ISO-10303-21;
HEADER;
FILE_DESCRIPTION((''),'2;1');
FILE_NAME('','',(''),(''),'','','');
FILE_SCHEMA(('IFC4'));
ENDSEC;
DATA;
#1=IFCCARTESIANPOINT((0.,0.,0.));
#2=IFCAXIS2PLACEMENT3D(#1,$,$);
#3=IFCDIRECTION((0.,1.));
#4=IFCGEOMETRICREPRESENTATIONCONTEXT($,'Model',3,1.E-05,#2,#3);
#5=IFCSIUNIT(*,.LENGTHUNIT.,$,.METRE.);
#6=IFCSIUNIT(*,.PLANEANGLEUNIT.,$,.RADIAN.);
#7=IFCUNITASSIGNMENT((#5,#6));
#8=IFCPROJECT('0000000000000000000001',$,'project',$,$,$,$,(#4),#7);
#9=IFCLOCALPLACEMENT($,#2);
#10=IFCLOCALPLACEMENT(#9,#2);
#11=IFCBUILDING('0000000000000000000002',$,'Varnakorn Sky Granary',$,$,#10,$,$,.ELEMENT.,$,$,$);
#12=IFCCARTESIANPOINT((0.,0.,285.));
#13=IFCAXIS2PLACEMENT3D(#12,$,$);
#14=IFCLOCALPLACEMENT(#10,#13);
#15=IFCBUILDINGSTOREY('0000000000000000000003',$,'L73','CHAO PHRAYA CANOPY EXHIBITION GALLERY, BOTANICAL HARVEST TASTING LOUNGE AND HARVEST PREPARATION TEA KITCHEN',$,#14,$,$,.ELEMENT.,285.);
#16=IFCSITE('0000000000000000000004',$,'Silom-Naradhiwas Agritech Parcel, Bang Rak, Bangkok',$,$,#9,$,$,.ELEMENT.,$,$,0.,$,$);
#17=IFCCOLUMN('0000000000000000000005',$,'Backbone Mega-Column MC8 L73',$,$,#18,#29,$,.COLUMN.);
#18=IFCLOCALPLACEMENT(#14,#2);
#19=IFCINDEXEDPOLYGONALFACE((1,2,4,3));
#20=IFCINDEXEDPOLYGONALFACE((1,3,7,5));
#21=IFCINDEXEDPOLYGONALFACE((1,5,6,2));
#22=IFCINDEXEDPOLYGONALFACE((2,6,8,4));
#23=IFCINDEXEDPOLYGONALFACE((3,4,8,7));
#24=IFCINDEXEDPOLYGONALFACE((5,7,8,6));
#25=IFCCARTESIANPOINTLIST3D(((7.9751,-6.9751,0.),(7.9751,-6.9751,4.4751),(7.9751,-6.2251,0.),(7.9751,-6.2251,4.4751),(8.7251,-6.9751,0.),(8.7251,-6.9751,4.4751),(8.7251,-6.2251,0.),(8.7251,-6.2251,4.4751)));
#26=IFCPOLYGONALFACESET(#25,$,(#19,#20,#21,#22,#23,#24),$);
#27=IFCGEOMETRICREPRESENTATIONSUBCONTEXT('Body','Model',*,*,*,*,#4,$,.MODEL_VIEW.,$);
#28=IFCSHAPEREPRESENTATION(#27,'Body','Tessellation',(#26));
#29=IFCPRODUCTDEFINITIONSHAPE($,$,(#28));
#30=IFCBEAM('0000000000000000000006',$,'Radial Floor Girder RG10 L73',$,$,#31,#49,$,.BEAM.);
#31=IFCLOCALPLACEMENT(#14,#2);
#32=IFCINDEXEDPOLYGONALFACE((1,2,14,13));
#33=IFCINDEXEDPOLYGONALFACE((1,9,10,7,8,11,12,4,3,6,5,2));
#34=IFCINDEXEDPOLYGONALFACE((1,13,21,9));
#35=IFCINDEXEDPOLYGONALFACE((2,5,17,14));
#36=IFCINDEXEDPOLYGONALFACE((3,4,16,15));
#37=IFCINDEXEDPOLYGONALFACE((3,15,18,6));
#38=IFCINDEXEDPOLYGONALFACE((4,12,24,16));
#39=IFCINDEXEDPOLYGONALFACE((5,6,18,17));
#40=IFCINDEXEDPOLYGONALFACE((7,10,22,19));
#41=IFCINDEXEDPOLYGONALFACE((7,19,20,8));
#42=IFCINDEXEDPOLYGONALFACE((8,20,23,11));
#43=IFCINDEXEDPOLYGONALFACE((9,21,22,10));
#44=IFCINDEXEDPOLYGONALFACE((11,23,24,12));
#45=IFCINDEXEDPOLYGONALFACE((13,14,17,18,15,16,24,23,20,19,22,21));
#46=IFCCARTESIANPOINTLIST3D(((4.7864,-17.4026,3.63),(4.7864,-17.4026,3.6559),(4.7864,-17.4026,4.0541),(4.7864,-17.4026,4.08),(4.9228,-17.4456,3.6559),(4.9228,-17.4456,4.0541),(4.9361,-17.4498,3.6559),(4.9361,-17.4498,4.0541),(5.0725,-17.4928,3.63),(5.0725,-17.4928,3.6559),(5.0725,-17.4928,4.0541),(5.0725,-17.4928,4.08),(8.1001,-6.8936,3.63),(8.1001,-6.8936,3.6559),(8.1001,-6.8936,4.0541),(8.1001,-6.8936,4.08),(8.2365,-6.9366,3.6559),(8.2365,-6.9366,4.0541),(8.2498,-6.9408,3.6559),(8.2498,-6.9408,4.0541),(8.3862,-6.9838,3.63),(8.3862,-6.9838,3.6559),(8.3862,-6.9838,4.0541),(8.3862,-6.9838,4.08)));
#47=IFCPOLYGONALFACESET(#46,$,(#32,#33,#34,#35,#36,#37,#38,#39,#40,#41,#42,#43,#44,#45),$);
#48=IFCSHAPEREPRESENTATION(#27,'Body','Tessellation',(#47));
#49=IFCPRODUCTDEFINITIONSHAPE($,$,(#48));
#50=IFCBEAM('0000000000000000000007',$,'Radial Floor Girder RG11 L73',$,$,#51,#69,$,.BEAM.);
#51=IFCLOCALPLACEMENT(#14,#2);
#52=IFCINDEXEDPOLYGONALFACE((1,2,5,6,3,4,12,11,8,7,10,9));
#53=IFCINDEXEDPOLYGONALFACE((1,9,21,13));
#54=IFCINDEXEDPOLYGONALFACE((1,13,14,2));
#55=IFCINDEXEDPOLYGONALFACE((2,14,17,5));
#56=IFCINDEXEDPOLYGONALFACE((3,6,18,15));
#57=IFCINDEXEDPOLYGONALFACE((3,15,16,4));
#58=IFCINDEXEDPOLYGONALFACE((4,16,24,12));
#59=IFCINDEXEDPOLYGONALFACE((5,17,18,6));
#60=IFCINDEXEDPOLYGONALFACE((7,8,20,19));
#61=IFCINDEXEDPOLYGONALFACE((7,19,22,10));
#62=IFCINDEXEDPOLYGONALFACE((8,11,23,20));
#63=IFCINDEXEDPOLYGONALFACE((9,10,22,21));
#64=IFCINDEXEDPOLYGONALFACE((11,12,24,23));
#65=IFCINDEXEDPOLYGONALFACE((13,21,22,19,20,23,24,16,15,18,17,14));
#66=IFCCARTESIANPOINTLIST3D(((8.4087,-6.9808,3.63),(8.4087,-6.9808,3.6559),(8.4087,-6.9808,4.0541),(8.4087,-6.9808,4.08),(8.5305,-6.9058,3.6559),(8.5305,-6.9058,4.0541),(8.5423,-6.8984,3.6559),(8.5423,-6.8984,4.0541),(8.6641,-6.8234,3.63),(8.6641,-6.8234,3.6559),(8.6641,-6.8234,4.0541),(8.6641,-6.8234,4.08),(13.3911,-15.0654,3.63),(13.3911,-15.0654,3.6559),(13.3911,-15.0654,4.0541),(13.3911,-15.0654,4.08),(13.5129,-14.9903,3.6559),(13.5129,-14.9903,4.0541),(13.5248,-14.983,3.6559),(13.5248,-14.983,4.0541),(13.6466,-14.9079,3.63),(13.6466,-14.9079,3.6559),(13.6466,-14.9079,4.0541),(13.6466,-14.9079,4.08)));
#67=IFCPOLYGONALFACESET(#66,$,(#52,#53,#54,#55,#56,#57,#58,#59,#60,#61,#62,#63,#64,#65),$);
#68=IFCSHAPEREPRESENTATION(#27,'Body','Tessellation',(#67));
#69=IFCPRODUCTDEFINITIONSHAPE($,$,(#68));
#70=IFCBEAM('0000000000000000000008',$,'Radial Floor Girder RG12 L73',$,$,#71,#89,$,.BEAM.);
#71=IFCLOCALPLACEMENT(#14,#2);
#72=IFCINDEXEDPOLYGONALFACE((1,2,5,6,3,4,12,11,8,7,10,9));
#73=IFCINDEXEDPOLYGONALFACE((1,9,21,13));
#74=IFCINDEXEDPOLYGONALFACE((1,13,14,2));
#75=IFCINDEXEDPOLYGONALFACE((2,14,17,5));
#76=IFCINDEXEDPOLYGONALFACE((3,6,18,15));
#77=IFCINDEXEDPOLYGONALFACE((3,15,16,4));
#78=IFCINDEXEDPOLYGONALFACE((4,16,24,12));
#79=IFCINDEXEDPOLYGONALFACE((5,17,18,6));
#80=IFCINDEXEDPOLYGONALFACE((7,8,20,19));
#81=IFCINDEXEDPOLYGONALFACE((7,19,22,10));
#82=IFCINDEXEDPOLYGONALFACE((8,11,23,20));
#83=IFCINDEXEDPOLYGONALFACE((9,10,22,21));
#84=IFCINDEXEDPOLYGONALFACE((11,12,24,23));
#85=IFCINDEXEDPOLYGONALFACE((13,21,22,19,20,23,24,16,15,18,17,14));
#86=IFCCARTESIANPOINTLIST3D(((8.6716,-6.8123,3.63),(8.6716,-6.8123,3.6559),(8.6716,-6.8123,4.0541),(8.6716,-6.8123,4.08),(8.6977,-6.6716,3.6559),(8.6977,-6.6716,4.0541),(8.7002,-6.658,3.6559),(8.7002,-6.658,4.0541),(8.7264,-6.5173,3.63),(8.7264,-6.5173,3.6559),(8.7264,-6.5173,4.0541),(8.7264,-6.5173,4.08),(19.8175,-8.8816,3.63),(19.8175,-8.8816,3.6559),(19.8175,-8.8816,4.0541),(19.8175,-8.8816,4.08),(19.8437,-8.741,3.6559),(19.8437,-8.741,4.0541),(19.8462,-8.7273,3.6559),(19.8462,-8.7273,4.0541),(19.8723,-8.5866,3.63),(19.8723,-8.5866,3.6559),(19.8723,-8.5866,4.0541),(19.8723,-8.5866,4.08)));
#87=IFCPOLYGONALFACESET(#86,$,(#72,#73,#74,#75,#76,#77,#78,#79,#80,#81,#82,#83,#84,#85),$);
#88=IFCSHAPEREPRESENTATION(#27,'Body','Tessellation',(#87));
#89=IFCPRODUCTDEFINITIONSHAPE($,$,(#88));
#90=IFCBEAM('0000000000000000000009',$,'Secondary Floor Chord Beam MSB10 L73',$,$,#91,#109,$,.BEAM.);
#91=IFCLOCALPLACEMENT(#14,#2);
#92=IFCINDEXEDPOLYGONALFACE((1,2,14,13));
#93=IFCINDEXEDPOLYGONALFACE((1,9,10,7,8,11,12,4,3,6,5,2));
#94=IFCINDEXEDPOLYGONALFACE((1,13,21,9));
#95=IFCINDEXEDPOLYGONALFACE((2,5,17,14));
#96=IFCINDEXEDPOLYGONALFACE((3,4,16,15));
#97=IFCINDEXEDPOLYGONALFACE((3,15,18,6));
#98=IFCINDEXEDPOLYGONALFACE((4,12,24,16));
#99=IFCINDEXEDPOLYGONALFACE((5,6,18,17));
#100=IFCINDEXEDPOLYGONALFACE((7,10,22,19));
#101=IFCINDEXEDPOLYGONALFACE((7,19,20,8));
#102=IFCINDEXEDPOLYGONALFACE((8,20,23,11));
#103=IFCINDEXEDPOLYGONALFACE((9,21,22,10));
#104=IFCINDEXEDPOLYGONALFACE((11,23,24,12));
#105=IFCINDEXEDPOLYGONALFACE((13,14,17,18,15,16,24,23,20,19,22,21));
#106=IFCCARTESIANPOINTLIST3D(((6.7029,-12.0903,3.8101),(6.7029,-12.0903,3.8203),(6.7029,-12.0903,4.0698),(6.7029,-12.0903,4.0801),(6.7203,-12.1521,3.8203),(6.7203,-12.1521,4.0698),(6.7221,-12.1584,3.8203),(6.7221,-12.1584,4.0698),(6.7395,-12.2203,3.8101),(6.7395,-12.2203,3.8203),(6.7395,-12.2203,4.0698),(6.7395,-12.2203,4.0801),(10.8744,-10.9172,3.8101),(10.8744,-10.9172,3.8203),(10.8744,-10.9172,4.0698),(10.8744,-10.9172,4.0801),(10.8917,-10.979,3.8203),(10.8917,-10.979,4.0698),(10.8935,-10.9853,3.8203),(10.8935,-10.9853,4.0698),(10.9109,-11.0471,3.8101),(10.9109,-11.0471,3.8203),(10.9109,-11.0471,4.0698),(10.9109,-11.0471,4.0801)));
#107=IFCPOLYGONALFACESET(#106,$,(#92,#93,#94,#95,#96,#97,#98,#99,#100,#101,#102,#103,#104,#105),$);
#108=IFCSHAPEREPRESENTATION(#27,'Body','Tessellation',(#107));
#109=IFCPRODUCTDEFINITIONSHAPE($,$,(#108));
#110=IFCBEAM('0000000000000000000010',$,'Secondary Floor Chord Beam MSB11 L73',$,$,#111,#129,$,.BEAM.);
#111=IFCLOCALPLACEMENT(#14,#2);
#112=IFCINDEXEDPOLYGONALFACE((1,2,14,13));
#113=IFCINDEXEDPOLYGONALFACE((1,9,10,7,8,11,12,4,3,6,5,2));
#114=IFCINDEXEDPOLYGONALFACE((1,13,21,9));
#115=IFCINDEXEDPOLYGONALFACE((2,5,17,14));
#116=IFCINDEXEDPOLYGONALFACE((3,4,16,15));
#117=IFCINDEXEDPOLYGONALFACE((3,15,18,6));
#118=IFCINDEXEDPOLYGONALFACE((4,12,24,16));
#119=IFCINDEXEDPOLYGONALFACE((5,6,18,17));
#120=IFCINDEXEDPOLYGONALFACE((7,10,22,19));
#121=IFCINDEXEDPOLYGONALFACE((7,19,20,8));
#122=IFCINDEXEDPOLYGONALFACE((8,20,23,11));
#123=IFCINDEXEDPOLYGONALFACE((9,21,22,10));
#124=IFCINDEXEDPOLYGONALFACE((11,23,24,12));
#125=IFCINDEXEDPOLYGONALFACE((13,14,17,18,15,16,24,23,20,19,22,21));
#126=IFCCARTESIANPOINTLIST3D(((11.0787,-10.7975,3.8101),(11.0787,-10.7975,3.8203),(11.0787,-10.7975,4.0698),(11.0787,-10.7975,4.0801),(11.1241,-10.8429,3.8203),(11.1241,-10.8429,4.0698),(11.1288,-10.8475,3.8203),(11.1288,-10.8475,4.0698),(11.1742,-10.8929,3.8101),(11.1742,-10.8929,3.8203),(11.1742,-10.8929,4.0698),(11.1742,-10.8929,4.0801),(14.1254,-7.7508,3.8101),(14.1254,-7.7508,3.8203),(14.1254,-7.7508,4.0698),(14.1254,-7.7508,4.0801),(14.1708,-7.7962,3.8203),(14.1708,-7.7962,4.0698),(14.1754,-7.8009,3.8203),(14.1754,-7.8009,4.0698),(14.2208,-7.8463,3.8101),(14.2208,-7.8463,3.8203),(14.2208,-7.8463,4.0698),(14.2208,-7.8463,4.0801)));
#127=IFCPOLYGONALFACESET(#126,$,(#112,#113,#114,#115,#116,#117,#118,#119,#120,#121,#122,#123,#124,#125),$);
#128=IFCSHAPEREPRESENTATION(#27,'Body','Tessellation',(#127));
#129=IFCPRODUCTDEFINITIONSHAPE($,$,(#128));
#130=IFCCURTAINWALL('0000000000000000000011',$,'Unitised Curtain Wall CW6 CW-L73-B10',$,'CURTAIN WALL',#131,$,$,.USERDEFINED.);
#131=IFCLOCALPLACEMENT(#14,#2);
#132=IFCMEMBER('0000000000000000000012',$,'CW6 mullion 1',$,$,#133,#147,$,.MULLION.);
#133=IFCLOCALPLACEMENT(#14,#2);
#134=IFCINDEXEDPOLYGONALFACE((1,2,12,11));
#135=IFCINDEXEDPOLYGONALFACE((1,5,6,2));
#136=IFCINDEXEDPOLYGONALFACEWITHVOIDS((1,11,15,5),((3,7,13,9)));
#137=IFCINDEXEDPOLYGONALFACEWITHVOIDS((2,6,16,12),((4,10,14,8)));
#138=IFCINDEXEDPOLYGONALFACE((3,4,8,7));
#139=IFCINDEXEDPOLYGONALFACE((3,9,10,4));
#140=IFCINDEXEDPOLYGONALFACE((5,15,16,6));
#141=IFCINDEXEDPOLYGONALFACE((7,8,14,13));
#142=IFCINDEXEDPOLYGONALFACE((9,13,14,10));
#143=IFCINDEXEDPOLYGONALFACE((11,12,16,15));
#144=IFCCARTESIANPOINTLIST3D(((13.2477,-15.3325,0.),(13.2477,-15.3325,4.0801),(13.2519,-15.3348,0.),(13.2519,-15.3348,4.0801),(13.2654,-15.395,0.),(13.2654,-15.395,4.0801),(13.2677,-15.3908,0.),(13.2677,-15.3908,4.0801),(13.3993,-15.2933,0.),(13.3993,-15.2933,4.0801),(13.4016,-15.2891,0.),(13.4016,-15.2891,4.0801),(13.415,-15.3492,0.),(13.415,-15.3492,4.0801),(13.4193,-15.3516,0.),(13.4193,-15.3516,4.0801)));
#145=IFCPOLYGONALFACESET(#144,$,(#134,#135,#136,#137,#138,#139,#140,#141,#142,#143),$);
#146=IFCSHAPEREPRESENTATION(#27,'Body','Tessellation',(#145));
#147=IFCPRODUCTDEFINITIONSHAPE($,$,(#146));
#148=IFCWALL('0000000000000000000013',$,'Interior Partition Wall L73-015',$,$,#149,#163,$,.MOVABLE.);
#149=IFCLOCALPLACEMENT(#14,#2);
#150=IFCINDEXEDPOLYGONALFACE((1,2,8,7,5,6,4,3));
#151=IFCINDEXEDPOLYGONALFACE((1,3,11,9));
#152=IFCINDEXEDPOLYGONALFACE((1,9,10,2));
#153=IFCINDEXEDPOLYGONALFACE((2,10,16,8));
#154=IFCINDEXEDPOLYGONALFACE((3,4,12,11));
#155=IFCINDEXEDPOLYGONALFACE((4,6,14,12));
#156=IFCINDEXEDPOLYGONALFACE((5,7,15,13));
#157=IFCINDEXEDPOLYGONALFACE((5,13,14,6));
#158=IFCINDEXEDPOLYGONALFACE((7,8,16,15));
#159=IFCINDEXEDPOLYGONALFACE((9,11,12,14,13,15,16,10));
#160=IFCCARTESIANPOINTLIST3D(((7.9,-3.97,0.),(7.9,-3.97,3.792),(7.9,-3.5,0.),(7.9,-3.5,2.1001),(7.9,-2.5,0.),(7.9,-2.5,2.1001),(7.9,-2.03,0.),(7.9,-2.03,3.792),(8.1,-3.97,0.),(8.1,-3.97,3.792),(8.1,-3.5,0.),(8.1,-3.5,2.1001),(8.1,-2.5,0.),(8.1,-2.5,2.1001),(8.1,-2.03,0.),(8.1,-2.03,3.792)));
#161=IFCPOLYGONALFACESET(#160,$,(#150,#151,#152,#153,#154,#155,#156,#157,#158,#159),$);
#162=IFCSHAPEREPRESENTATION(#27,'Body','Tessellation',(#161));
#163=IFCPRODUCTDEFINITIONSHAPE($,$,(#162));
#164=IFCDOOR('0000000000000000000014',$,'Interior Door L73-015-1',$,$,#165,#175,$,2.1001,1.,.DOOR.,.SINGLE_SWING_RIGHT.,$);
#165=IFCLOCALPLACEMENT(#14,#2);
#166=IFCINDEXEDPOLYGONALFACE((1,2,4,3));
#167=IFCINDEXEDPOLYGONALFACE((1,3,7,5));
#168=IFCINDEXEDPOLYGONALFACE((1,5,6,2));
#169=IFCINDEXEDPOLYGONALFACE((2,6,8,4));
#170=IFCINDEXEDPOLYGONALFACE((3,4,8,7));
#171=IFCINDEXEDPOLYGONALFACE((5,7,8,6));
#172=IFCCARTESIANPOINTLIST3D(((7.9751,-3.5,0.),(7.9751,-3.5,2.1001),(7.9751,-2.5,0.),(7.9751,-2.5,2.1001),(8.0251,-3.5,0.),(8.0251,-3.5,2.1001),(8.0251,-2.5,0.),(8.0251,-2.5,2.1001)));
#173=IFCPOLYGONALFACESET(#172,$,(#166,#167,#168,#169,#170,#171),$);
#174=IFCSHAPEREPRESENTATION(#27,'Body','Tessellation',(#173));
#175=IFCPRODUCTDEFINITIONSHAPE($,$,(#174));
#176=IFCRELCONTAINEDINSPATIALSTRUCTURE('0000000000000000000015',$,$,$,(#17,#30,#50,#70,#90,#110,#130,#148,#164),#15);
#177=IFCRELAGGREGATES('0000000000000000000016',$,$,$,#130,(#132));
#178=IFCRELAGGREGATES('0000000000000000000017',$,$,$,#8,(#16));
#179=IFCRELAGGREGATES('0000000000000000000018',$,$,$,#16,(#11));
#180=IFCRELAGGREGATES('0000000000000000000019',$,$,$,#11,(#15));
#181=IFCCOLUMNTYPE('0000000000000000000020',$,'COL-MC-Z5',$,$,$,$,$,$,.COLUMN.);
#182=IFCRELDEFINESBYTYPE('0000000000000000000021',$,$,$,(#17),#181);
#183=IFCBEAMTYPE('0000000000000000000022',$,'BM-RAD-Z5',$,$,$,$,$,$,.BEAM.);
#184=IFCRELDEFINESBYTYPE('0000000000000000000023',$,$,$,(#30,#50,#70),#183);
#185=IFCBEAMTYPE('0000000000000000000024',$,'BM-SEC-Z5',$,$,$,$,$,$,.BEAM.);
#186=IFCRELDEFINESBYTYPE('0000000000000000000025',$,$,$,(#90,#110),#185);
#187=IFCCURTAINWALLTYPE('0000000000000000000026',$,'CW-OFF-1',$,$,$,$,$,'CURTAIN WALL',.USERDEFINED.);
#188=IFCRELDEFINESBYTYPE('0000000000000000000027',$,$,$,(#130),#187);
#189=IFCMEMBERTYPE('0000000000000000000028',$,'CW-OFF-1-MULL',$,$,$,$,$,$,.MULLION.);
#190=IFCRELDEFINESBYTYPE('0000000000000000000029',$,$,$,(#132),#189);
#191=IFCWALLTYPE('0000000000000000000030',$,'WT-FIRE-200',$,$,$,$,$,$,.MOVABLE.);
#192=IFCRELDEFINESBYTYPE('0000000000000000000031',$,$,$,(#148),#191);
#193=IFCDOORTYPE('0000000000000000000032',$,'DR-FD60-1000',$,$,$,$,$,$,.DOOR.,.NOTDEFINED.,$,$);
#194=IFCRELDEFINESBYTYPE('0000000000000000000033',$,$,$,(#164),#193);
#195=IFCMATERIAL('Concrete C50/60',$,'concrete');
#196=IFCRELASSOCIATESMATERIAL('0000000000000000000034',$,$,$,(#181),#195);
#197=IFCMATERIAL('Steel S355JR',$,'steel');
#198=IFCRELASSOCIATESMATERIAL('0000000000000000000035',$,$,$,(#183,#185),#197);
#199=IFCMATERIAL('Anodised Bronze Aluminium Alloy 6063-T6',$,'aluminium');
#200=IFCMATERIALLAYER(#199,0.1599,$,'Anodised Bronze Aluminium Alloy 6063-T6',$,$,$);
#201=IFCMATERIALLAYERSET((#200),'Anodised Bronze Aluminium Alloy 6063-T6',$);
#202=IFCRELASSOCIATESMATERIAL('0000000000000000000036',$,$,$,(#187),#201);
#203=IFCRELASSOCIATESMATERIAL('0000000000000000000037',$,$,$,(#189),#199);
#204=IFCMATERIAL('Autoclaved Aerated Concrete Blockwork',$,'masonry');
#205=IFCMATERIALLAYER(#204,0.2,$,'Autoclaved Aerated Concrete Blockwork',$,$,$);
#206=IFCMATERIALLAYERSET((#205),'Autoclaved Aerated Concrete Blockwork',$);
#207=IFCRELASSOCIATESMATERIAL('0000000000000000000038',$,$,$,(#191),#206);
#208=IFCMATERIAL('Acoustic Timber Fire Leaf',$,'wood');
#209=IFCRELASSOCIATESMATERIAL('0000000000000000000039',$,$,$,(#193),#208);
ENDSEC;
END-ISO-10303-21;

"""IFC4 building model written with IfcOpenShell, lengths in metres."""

from ifc_helpers import new_model, si_unit, direction, frame, frame_2d, origin, origin_2d, place, context, subcontext, project, spatial, rectangle, hollow_rectangle, i_section, extrude, material, layer, layer_set, material_profile, profile_set, type_object, element, fill, aggregate, save


model = new_model("IFC4")

# Units and contexts
model_context = context("Model", 3, precision=1e-05, world=origin(), true_north=direction((0.0, 1.0)))
body_context = subcontext(model_context, "Body", "Model", "MODEL_VIEW")
ifc_project = project(units=[si_unit("LENGTHUNIT", "METRE"), si_unit("PLANEANGLEUNIT", "RADIAN")], contexts=[model_context])

# Site, building, storey
site_placement = place(None, origin())
site = spatial("IfcSite", under=ifc_project, at=site_placement, Name="Silom-Naradhiwas Agritech Parcel, Bang Rak, Bangkok", CompositionType="ELEMENT", RefElevation=0.0)
building_placement = place(site_placement, origin())
building = spatial("IfcBuilding", under=site, at=building_placement, Name="Varnakorn Sky Granary", CompositionType="ELEMENT")
storey_placement = place(building_placement, frame((0.0, 0.0, 285.0)))
storey = spatial("IfcBuildingStorey", under=building, at=storey_placement, Name="L73", Description="CHAO PHRAYA CANOPY EXHIBITION GALLERY, BOTANICAL HARVEST TASTING LOUNGE AND HARVEST PREPARATION TEA KITCHEN", CompositionType="ELEMENT", Elevation=285.0)

# Column
ifc_material_1 = material(Name="Concrete C50/60", Category="concrete")
ifc_material_profile_1 = material_profile(ifc_material_1, rectangle(XDim=0.75, YDim=0.75, at=origin_2d()), Name="RC 750x750")
ifc_profile_set_1 = profile_set([ifc_material_profile_1], Name="Concrete C50/60")
column_type = type_object("IfcColumnType", Name="COL-MC-Z5", PredefinedType="COLUMN", material=ifc_profile_set_1)
column_placement = place(storey_placement, frame((8.3501, -6.6001, 0.0), z_axis=(0.0, 0.0, 1.0), x_axis=(1.0, 0.0, 0.0)))
element("IfcColumn", 1, at=column_placement, inside=storey, type_object=column_type, Name="Backbone Mega-Column MC8 L73", PredefinedType="COLUMN", context=body_context, shape_type="SweptSolid", body=[
    extrude(rectangle(XDim=0.75, YDim=0.75, at=origin_2d()), origin(), (0.0, 0.0, 1.0), 4.4751),
])

# Beams
ifc_material_2 = material(Name="Steel S355JR", Category="steel")
ifc_material_profile_2 = material_profile(ifc_material_2, i_section(OverallWidth=0.3, OverallDepth=0.45, WebThickness=0.0139, FlangeThickness=0.0259, at=origin_2d()), Name="HE 450 B")
ifc_profile_set_2 = profile_set([ifc_material_profile_2], Name="Steel S355JR")
beam_type_1 = type_object("IfcBeamType", Name="BM-RAD-Z5", PredefinedType="BEAM", material=ifc_profile_set_2)
beam_1_placement = place(storey_placement, frame((8.2432, -6.9387, 3.855), z_axis=(-0.300725, -0.953711, 0.0), x_axis=(0.953711, -0.300725, 0.0)))
element("IfcBeam", 2, at=beam_1_placement, inside=storey, type_object=beam_type_1, Name="Radial Floor Girder RG10 L73", PredefinedType="BEAM", context=body_context, shape_type="SweptSolid", body=[
    extrude(i_section(OverallWidth=0.3, OverallDepth=0.45, WebThickness=0.0139, FlangeThickness=0.0259, at=origin_2d()), origin(), (0.0, 0.0, 1.0), 11.019),
])
beam_2_placement = place(storey_placement, frame((8.5364, -6.9021, 3.855), z_axis=(0.52466, -0.851312, 0.0), x_axis=(0.851312, 0.52466, 0.0)))
element("IfcBeam", 3, at=beam_2_placement, inside=storey, type_object=beam_type_1, Name="Radial Floor Girder RG11 L73", PredefinedType="BEAM", context=body_context, shape_type="SweptSolid", body=[
    extrude(i_section(OverallWidth=0.3, OverallDepth=0.45, WebThickness=0.0139, FlangeThickness=0.0259, at=origin_2d()), origin(), (0.0, 0.0, 1.0), 9.4966),
])
beam_3_placement = place(storey_placement, frame((8.699, -6.6648, 3.855), z_axis=(0.983199, -0.182538, 0.0), x_axis=(0.182538, 0.983199, 0.0)))
element("IfcBeam", 4, at=beam_3_placement, inside=storey, type_object=beam_type_1, Name="Radial Floor Girder RG12 L73", PredefinedType="BEAM", context=body_context, shape_type="SweptSolid", body=[
    extrude(i_section(OverallWidth=0.3, OverallDepth=0.45, WebThickness=0.0139, FlangeThickness=0.0259, at=origin_2d()), origin(), (0.0, 0.0, 1.0), 11.3364),
])
ifc_material_profile_3 = material_profile(ifc_material_2, i_section(OverallWidth=0.135, OverallDepth=0.27, WebThickness=0.0066, FlangeThickness=0.0103, at=origin_2d()), Name="IPE 270")
ifc_profile_set_3 = profile_set([ifc_material_profile_3], Name="Steel S355JR")
beam_type_2 = type_object("IfcBeamType", Name="BM-SEC-Z5", PredefinedType="BEAM", material=ifc_profile_set_3)
beam_4_placement = place(storey_placement, frame((6.7212, -12.1553, 3.9451), z_axis=(0.962657, 0.270723, 0.0), x_axis=(-0.270723, 0.962657, 0.0)))
element("IfcBeam", 5, at=beam_4_placement, inside=storey, type_object=beam_type_2, Name="Secondary Floor Chord Beam MSB10 L73", PredefinedType="BEAM", context=body_context, shape_type="SweptSolid", body=[
    extrude(i_section(OverallWidth=0.135, OverallDepth=0.27, WebThickness=0.0066, FlangeThickness=0.0103, at=origin_2d()), origin(), (0.0, 0.0, 1.0), 4.3333),
])
beam_5_placement = place(storey_placement, frame((11.1265, -10.8452, 3.9451), z_axis=(0.707107, 0.707107, 0.0), x_axis=(-0.707107, 0.707107, 0.0)))
element("IfcBeam", 6, at=beam_5_placement, inside=storey, type_object=beam_type_2, Name="Secondary Floor Chord Beam MSB11 L73", PredefinedType="BEAM", context=body_context, shape_type="SweptSolid", body=[
    extrude(i_section(OverallWidth=0.135, OverallDepth=0.27, WebThickness=0.0066, FlangeThickness=0.0103, at=origin_2d()), origin(), (0.0, 0.0, 1.0), 4.3086),
])

# Curtain wall, member
ifc_material_3 = material(Name="Anodised Bronze Aluminium Alloy 6063-T6", Category="aluminium")
ifc_layer_1 = layer(ifc_material_3, 0.1599, Name="Anodised Bronze Aluminium Alloy 6063-T6")
ifc_layer_set_1 = layer_set([ifc_layer_1], Name="Anodised Bronze Aluminium Alloy 6063-T6")
curtain_wall_type = type_object("IfcCurtainWallType", Name="CW-OFF-1", ElementType="CURTAIN WALL", PredefinedType="USERDEFINED", material=ifc_layer_set_1)
curtain_wall_placement = place(storey_placement, origin())
curtain_wall = element("IfcCurtainWall", 7, at=curtain_wall_placement, inside=storey, type_object=curtain_wall_type, Name="Unitised Curtain Wall CW6 CW-L73-B10", ObjectType="CURTAIN WALL", PredefinedType="USERDEFINED")
ifc_material_profile_4 = material_profile(ifc_material_3, hollow_rectangle(XDim=0.0649, YDim=0.1599, WallThickness=0.0034, at=origin_2d()), Name="ALU MULL 65x160")
ifc_profile_set_4 = profile_set([ifc_material_profile_4], Name="Anodised Bronze Aluminium Alloy 6063-T6")
member_type = type_object("IfcMemberType", Name="CW-OFF-1-MULL", PredefinedType="MULLION", material=ifc_profile_set_4)
member_placement = place(storey_placement, frame((13.3335, -15.342, 0.0), z_axis=(0.0, 0.0, 1.0), x_axis=(0.271372, -0.962474, 0.0)))
member = element("IfcMember", 8, at=member_placement, type_object=member_type, Name="CW6 mullion 1", PredefinedType="MULLION", context=body_context, shape_type="SweptSolid", body=[
    extrude(hollow_rectangle(XDim=0.0649, YDim=0.1599, WallThickness=0.0034, at=origin_2d()), origin(), (0.0, 0.0, 1.0), 4.0801),
])
aggregate(curtain_wall, [member])

# Wall, opening, door
ifc_material_4 = material(Name="Autoclaved Aerated Concrete Blockwork", Category="masonry")
ifc_layer_2 = layer(ifc_material_4, 0.2, Name="Autoclaved Aerated Concrete Blockwork")
ifc_layer_set_2 = layer_set([ifc_layer_2], Name="Autoclaved Aerated Concrete Blockwork")
wall_type_1 = type_object("IfcWallType", Name="WT-FIRE-200", PredefinedType="MOVABLE", material=ifc_layer_set_2)
wall_1_placement = place(storey_placement, frame((8.0, -3.97, 0.0), z_axis=(0.0, 0.0, 1.0), x_axis=(0.0, 1.0, 0.0)))
wall_1 = element("IfcWall", 9, at=wall_1_placement, inside=storey, type_object=wall_type_1, Name="Interior Partition Wall L73-015", PredefinedType="MOVABLE", context=body_context, shape_type="SweptSolid", body=[
    extrude(rectangle(XDim=1.9399, YDim=0.2, at=frame_2d((0.97, 0.0))), origin(), (0.0, 0.0, 1.0), 3.792),
])
opening_1_placement = place(wall_1_placement, frame((0.47, 0.0, 0.0)))
opening_1 = element("IfcOpeningElement", 10, at=opening_1_placement, cuts=wall_1, PredefinedType="OPENING", context=body_context, shape_type="SweptSolid", body=[
    extrude(rectangle(XDim=1.0, YDim=2.1001, at=frame_2d((0.5, 1.05))), frame((0.0, 0.1099, 0.0), z_axis=(0.0, -1.0, 0.0), x_axis=(1.0, 0.0, 0.0)), (0.0, 0.0, 1.0), 0.22),
])
ifc_material_5 = material(Name="Acoustic Timber Fire Leaf", Category="wood")
door_type_1 = type_object("IfcDoorType", Name="DR-FD60-1000", OperationType="NOTDEFINED", PredefinedType="DOOR", material=ifc_material_5)
door_1_placement = place(opening_1_placement, origin())
door_1 = element("IfcDoor", 11, at=door_1_placement, inside=storey, type_object=door_type_1, Name="Interior Door L73-015-1", OperationType="SINGLE_SWING_RIGHT", OverallHeight=2.1001, OverallWidth=1.0, PredefinedType="DOOR", context=body_context, shape_type="SweptSolid", body=[
    extrude(rectangle(XDim=1.0, YDim=2.1001, at=frame_2d((0.5, 1.05))), frame((0.0, 0.0249, 0.0), z_axis=(0.0, -1.0, 0.0), x_axis=(1.0, 0.0, 0.0)), (0.0, 0.0, 1.0), 0.05),
])
fill(opening_1, door_1)

save(model, "model.ifc")
